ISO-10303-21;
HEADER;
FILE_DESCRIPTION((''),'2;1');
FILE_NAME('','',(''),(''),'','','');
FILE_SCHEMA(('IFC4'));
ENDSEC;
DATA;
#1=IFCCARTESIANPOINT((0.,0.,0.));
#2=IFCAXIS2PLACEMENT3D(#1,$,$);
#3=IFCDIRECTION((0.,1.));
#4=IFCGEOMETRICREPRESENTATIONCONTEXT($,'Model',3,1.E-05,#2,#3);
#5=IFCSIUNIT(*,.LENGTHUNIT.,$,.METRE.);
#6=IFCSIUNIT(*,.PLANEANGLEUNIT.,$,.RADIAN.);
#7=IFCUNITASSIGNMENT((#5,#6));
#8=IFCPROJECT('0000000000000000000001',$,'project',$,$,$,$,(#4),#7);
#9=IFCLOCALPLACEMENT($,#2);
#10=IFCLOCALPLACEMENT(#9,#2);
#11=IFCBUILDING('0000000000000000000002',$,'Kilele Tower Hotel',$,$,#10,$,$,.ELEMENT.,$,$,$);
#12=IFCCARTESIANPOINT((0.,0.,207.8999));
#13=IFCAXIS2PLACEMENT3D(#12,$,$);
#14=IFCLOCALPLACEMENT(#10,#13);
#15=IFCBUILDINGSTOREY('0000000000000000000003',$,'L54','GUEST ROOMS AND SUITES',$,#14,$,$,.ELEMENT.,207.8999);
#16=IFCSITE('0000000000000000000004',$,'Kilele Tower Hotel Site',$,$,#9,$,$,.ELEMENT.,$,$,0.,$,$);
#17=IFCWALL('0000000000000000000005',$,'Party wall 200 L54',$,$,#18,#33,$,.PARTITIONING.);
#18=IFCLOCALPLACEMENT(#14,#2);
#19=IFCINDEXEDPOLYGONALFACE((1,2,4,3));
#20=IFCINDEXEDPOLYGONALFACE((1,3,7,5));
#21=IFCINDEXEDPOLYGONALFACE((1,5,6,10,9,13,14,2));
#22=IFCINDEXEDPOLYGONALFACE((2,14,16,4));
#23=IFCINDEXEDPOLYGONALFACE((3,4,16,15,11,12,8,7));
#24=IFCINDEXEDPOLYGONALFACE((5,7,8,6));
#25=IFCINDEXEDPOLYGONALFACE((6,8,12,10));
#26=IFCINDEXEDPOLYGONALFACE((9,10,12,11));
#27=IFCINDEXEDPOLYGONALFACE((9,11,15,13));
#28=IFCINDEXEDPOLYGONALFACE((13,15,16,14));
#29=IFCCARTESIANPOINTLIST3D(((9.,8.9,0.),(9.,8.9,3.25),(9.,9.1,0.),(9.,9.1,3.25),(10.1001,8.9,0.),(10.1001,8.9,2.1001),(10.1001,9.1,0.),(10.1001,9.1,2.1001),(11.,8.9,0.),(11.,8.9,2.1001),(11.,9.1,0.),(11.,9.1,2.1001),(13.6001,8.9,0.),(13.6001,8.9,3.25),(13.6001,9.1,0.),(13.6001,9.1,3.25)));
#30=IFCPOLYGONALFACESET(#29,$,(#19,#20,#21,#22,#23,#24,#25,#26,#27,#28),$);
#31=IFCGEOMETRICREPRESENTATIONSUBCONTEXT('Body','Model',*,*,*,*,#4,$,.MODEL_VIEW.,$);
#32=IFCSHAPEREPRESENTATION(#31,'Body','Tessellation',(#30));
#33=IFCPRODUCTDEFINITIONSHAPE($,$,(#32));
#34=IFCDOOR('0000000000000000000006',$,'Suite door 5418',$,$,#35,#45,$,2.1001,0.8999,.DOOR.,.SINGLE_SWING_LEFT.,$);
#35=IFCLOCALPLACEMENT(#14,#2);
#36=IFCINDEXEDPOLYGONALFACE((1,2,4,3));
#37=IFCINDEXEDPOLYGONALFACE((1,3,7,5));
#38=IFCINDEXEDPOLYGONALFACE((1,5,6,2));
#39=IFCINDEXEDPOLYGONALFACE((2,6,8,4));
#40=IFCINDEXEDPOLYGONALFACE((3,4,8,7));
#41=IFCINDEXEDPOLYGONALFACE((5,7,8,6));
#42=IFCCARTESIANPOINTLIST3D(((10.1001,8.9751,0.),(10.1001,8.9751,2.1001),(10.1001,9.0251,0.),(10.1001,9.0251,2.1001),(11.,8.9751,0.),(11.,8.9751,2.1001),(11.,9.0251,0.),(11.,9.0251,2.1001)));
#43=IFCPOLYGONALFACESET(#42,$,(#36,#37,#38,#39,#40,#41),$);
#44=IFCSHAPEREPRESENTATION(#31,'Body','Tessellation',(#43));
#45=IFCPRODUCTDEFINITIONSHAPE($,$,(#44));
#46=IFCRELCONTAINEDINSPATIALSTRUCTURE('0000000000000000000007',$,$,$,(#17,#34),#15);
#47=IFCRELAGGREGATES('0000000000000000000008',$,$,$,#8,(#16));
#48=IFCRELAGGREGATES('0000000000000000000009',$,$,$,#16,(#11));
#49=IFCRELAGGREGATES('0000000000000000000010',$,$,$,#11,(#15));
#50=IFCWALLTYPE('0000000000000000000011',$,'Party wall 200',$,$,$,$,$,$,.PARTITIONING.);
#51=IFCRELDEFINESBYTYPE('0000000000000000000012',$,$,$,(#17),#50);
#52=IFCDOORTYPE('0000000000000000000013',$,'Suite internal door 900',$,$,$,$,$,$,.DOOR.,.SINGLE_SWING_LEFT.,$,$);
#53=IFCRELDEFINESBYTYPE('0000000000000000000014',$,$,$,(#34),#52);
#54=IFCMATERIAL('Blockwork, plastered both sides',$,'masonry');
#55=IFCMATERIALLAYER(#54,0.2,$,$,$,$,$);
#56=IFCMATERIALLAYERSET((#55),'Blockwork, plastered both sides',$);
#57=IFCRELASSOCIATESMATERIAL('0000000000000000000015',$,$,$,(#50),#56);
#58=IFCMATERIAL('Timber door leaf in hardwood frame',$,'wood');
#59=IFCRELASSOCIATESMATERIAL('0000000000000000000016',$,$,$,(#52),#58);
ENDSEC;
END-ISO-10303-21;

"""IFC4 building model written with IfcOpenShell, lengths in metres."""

from ifc_helpers import new_model, si_unit, direction, frame, frame_2d, origin, place, context, subcontext, project, spatial, rectangle, extrude, material, layer, layer_set, type_object, element, fill, save


model = new_model("IFC4")

# Units and contexts
model_context = context("Model", 3, precision=1e-05, world=origin(), true_north=direction((0.0, 1.0)))
body_context = subcontext(model_context, "Body", "Model", "MODEL_VIEW")
ifc_project = project(units=[si_unit("LENGTHUNIT", "METRE"), si_unit("PLANEANGLEUNIT", "RADIAN")], contexts=[model_context])

# Site, building, storey
site_placement = place(None, origin())
site = spatial("IfcSite", under=ifc_project, at=site_placement, Name="Kilele Tower Hotel Site", CompositionType="ELEMENT", RefElevation=0.0)
building_placement = place(site_placement, origin())
building = spatial("IfcBuilding", under=site, at=building_placement, Name="Kilele Tower Hotel", CompositionType="ELEMENT")
storey_placement = place(building_placement, frame((0.0, 0.0, 207.8999)))
storey = spatial("IfcBuildingStorey", under=building, at=storey_placement, Name="L54", Description="GUEST ROOMS AND SUITES", CompositionType="ELEMENT", Elevation=207.8999)

# Shared definitions
ifc_material_1 = material(Name="Blockwork, plastered both sides", Category="masonry")
ifc_layer_1 = layer(ifc_material_1, 0.2)
ifc_layer_set_1 = layer_set([ifc_layer_1], Name="Blockwork, plastered both sides")
wall_type_1 = type_object("IfcWallType", Name="Party wall 200", PredefinedType="PARTITIONING", material=ifc_layer_set_1)

# Wall, opening, door
wall_1_placement = place(storey_placement, frame((13.6001, 9.0, 0.0), z_axis=(0.0, 0.0, 1.0), x_axis=(-1.0, 0.0, 0.0)))
wall_1 = element("IfcWall", 1, at=wall_1_placement, inside=storey, type_object=wall_type_1, Name="Party wall 200 L54", PredefinedType="PARTITIONING", context=body_context, shape_type="SweptSolid", body=[
    extrude(rectangle(XDim=4.6001, YDim=0.2, at=frame_2d((2.3, 0.0))), origin(), (0.0, 0.0, 1.0), 3.25),
])
opening_1_placement = place(wall_1_placement, frame((2.6001, 0.0, 0.0)))
opening_1 = element("IfcOpeningElement", 2, at=opening_1_placement, cuts=wall_1, PredefinedType="OPENING", context=body_context, shape_type="SweptSolid", body=[
    extrude(rectangle(XDim=0.8999, YDim=2.1001, at=frame_2d((0.45, 1.05))), frame((0.0, 0.1099, 0.0), z_axis=(0.0, -1.0, 0.0), x_axis=(1.0, 0.0, 0.0)), (0.0, 0.0, 1.0), 0.22),
])
ifc_material_2 = material(Name="Timber door leaf in hardwood frame", Category="wood")
door_type_1 = type_object("IfcDoorType", Name="Suite internal door 900", OperationType="SINGLE_SWING_LEFT", PredefinedType="DOOR", material=ifc_material_2)
door_1_placement = place(opening_1_placement, origin())
door_1 = element("IfcDoor", 3, at=door_1_placement, inside=storey, type_object=door_type_1, Name="Suite door 5418", OperationType="SINGLE_SWING_LEFT", OverallHeight=2.1001, OverallWidth=0.8999, PredefinedType="DOOR", context=body_context, shape_type="SweptSolid", body=[
    extrude(rectangle(XDim=0.8999, YDim=2.1001, at=frame_2d((0.45, 1.05))), frame((0.0, 0.0249, 0.0), z_axis=(0.0, -1.0, 0.0), x_axis=(1.0, 0.0, 0.0)), (0.0, 0.0, 1.0), 0.05),
])
fill(opening_1, door_1)

save(model, "model.ifc")
